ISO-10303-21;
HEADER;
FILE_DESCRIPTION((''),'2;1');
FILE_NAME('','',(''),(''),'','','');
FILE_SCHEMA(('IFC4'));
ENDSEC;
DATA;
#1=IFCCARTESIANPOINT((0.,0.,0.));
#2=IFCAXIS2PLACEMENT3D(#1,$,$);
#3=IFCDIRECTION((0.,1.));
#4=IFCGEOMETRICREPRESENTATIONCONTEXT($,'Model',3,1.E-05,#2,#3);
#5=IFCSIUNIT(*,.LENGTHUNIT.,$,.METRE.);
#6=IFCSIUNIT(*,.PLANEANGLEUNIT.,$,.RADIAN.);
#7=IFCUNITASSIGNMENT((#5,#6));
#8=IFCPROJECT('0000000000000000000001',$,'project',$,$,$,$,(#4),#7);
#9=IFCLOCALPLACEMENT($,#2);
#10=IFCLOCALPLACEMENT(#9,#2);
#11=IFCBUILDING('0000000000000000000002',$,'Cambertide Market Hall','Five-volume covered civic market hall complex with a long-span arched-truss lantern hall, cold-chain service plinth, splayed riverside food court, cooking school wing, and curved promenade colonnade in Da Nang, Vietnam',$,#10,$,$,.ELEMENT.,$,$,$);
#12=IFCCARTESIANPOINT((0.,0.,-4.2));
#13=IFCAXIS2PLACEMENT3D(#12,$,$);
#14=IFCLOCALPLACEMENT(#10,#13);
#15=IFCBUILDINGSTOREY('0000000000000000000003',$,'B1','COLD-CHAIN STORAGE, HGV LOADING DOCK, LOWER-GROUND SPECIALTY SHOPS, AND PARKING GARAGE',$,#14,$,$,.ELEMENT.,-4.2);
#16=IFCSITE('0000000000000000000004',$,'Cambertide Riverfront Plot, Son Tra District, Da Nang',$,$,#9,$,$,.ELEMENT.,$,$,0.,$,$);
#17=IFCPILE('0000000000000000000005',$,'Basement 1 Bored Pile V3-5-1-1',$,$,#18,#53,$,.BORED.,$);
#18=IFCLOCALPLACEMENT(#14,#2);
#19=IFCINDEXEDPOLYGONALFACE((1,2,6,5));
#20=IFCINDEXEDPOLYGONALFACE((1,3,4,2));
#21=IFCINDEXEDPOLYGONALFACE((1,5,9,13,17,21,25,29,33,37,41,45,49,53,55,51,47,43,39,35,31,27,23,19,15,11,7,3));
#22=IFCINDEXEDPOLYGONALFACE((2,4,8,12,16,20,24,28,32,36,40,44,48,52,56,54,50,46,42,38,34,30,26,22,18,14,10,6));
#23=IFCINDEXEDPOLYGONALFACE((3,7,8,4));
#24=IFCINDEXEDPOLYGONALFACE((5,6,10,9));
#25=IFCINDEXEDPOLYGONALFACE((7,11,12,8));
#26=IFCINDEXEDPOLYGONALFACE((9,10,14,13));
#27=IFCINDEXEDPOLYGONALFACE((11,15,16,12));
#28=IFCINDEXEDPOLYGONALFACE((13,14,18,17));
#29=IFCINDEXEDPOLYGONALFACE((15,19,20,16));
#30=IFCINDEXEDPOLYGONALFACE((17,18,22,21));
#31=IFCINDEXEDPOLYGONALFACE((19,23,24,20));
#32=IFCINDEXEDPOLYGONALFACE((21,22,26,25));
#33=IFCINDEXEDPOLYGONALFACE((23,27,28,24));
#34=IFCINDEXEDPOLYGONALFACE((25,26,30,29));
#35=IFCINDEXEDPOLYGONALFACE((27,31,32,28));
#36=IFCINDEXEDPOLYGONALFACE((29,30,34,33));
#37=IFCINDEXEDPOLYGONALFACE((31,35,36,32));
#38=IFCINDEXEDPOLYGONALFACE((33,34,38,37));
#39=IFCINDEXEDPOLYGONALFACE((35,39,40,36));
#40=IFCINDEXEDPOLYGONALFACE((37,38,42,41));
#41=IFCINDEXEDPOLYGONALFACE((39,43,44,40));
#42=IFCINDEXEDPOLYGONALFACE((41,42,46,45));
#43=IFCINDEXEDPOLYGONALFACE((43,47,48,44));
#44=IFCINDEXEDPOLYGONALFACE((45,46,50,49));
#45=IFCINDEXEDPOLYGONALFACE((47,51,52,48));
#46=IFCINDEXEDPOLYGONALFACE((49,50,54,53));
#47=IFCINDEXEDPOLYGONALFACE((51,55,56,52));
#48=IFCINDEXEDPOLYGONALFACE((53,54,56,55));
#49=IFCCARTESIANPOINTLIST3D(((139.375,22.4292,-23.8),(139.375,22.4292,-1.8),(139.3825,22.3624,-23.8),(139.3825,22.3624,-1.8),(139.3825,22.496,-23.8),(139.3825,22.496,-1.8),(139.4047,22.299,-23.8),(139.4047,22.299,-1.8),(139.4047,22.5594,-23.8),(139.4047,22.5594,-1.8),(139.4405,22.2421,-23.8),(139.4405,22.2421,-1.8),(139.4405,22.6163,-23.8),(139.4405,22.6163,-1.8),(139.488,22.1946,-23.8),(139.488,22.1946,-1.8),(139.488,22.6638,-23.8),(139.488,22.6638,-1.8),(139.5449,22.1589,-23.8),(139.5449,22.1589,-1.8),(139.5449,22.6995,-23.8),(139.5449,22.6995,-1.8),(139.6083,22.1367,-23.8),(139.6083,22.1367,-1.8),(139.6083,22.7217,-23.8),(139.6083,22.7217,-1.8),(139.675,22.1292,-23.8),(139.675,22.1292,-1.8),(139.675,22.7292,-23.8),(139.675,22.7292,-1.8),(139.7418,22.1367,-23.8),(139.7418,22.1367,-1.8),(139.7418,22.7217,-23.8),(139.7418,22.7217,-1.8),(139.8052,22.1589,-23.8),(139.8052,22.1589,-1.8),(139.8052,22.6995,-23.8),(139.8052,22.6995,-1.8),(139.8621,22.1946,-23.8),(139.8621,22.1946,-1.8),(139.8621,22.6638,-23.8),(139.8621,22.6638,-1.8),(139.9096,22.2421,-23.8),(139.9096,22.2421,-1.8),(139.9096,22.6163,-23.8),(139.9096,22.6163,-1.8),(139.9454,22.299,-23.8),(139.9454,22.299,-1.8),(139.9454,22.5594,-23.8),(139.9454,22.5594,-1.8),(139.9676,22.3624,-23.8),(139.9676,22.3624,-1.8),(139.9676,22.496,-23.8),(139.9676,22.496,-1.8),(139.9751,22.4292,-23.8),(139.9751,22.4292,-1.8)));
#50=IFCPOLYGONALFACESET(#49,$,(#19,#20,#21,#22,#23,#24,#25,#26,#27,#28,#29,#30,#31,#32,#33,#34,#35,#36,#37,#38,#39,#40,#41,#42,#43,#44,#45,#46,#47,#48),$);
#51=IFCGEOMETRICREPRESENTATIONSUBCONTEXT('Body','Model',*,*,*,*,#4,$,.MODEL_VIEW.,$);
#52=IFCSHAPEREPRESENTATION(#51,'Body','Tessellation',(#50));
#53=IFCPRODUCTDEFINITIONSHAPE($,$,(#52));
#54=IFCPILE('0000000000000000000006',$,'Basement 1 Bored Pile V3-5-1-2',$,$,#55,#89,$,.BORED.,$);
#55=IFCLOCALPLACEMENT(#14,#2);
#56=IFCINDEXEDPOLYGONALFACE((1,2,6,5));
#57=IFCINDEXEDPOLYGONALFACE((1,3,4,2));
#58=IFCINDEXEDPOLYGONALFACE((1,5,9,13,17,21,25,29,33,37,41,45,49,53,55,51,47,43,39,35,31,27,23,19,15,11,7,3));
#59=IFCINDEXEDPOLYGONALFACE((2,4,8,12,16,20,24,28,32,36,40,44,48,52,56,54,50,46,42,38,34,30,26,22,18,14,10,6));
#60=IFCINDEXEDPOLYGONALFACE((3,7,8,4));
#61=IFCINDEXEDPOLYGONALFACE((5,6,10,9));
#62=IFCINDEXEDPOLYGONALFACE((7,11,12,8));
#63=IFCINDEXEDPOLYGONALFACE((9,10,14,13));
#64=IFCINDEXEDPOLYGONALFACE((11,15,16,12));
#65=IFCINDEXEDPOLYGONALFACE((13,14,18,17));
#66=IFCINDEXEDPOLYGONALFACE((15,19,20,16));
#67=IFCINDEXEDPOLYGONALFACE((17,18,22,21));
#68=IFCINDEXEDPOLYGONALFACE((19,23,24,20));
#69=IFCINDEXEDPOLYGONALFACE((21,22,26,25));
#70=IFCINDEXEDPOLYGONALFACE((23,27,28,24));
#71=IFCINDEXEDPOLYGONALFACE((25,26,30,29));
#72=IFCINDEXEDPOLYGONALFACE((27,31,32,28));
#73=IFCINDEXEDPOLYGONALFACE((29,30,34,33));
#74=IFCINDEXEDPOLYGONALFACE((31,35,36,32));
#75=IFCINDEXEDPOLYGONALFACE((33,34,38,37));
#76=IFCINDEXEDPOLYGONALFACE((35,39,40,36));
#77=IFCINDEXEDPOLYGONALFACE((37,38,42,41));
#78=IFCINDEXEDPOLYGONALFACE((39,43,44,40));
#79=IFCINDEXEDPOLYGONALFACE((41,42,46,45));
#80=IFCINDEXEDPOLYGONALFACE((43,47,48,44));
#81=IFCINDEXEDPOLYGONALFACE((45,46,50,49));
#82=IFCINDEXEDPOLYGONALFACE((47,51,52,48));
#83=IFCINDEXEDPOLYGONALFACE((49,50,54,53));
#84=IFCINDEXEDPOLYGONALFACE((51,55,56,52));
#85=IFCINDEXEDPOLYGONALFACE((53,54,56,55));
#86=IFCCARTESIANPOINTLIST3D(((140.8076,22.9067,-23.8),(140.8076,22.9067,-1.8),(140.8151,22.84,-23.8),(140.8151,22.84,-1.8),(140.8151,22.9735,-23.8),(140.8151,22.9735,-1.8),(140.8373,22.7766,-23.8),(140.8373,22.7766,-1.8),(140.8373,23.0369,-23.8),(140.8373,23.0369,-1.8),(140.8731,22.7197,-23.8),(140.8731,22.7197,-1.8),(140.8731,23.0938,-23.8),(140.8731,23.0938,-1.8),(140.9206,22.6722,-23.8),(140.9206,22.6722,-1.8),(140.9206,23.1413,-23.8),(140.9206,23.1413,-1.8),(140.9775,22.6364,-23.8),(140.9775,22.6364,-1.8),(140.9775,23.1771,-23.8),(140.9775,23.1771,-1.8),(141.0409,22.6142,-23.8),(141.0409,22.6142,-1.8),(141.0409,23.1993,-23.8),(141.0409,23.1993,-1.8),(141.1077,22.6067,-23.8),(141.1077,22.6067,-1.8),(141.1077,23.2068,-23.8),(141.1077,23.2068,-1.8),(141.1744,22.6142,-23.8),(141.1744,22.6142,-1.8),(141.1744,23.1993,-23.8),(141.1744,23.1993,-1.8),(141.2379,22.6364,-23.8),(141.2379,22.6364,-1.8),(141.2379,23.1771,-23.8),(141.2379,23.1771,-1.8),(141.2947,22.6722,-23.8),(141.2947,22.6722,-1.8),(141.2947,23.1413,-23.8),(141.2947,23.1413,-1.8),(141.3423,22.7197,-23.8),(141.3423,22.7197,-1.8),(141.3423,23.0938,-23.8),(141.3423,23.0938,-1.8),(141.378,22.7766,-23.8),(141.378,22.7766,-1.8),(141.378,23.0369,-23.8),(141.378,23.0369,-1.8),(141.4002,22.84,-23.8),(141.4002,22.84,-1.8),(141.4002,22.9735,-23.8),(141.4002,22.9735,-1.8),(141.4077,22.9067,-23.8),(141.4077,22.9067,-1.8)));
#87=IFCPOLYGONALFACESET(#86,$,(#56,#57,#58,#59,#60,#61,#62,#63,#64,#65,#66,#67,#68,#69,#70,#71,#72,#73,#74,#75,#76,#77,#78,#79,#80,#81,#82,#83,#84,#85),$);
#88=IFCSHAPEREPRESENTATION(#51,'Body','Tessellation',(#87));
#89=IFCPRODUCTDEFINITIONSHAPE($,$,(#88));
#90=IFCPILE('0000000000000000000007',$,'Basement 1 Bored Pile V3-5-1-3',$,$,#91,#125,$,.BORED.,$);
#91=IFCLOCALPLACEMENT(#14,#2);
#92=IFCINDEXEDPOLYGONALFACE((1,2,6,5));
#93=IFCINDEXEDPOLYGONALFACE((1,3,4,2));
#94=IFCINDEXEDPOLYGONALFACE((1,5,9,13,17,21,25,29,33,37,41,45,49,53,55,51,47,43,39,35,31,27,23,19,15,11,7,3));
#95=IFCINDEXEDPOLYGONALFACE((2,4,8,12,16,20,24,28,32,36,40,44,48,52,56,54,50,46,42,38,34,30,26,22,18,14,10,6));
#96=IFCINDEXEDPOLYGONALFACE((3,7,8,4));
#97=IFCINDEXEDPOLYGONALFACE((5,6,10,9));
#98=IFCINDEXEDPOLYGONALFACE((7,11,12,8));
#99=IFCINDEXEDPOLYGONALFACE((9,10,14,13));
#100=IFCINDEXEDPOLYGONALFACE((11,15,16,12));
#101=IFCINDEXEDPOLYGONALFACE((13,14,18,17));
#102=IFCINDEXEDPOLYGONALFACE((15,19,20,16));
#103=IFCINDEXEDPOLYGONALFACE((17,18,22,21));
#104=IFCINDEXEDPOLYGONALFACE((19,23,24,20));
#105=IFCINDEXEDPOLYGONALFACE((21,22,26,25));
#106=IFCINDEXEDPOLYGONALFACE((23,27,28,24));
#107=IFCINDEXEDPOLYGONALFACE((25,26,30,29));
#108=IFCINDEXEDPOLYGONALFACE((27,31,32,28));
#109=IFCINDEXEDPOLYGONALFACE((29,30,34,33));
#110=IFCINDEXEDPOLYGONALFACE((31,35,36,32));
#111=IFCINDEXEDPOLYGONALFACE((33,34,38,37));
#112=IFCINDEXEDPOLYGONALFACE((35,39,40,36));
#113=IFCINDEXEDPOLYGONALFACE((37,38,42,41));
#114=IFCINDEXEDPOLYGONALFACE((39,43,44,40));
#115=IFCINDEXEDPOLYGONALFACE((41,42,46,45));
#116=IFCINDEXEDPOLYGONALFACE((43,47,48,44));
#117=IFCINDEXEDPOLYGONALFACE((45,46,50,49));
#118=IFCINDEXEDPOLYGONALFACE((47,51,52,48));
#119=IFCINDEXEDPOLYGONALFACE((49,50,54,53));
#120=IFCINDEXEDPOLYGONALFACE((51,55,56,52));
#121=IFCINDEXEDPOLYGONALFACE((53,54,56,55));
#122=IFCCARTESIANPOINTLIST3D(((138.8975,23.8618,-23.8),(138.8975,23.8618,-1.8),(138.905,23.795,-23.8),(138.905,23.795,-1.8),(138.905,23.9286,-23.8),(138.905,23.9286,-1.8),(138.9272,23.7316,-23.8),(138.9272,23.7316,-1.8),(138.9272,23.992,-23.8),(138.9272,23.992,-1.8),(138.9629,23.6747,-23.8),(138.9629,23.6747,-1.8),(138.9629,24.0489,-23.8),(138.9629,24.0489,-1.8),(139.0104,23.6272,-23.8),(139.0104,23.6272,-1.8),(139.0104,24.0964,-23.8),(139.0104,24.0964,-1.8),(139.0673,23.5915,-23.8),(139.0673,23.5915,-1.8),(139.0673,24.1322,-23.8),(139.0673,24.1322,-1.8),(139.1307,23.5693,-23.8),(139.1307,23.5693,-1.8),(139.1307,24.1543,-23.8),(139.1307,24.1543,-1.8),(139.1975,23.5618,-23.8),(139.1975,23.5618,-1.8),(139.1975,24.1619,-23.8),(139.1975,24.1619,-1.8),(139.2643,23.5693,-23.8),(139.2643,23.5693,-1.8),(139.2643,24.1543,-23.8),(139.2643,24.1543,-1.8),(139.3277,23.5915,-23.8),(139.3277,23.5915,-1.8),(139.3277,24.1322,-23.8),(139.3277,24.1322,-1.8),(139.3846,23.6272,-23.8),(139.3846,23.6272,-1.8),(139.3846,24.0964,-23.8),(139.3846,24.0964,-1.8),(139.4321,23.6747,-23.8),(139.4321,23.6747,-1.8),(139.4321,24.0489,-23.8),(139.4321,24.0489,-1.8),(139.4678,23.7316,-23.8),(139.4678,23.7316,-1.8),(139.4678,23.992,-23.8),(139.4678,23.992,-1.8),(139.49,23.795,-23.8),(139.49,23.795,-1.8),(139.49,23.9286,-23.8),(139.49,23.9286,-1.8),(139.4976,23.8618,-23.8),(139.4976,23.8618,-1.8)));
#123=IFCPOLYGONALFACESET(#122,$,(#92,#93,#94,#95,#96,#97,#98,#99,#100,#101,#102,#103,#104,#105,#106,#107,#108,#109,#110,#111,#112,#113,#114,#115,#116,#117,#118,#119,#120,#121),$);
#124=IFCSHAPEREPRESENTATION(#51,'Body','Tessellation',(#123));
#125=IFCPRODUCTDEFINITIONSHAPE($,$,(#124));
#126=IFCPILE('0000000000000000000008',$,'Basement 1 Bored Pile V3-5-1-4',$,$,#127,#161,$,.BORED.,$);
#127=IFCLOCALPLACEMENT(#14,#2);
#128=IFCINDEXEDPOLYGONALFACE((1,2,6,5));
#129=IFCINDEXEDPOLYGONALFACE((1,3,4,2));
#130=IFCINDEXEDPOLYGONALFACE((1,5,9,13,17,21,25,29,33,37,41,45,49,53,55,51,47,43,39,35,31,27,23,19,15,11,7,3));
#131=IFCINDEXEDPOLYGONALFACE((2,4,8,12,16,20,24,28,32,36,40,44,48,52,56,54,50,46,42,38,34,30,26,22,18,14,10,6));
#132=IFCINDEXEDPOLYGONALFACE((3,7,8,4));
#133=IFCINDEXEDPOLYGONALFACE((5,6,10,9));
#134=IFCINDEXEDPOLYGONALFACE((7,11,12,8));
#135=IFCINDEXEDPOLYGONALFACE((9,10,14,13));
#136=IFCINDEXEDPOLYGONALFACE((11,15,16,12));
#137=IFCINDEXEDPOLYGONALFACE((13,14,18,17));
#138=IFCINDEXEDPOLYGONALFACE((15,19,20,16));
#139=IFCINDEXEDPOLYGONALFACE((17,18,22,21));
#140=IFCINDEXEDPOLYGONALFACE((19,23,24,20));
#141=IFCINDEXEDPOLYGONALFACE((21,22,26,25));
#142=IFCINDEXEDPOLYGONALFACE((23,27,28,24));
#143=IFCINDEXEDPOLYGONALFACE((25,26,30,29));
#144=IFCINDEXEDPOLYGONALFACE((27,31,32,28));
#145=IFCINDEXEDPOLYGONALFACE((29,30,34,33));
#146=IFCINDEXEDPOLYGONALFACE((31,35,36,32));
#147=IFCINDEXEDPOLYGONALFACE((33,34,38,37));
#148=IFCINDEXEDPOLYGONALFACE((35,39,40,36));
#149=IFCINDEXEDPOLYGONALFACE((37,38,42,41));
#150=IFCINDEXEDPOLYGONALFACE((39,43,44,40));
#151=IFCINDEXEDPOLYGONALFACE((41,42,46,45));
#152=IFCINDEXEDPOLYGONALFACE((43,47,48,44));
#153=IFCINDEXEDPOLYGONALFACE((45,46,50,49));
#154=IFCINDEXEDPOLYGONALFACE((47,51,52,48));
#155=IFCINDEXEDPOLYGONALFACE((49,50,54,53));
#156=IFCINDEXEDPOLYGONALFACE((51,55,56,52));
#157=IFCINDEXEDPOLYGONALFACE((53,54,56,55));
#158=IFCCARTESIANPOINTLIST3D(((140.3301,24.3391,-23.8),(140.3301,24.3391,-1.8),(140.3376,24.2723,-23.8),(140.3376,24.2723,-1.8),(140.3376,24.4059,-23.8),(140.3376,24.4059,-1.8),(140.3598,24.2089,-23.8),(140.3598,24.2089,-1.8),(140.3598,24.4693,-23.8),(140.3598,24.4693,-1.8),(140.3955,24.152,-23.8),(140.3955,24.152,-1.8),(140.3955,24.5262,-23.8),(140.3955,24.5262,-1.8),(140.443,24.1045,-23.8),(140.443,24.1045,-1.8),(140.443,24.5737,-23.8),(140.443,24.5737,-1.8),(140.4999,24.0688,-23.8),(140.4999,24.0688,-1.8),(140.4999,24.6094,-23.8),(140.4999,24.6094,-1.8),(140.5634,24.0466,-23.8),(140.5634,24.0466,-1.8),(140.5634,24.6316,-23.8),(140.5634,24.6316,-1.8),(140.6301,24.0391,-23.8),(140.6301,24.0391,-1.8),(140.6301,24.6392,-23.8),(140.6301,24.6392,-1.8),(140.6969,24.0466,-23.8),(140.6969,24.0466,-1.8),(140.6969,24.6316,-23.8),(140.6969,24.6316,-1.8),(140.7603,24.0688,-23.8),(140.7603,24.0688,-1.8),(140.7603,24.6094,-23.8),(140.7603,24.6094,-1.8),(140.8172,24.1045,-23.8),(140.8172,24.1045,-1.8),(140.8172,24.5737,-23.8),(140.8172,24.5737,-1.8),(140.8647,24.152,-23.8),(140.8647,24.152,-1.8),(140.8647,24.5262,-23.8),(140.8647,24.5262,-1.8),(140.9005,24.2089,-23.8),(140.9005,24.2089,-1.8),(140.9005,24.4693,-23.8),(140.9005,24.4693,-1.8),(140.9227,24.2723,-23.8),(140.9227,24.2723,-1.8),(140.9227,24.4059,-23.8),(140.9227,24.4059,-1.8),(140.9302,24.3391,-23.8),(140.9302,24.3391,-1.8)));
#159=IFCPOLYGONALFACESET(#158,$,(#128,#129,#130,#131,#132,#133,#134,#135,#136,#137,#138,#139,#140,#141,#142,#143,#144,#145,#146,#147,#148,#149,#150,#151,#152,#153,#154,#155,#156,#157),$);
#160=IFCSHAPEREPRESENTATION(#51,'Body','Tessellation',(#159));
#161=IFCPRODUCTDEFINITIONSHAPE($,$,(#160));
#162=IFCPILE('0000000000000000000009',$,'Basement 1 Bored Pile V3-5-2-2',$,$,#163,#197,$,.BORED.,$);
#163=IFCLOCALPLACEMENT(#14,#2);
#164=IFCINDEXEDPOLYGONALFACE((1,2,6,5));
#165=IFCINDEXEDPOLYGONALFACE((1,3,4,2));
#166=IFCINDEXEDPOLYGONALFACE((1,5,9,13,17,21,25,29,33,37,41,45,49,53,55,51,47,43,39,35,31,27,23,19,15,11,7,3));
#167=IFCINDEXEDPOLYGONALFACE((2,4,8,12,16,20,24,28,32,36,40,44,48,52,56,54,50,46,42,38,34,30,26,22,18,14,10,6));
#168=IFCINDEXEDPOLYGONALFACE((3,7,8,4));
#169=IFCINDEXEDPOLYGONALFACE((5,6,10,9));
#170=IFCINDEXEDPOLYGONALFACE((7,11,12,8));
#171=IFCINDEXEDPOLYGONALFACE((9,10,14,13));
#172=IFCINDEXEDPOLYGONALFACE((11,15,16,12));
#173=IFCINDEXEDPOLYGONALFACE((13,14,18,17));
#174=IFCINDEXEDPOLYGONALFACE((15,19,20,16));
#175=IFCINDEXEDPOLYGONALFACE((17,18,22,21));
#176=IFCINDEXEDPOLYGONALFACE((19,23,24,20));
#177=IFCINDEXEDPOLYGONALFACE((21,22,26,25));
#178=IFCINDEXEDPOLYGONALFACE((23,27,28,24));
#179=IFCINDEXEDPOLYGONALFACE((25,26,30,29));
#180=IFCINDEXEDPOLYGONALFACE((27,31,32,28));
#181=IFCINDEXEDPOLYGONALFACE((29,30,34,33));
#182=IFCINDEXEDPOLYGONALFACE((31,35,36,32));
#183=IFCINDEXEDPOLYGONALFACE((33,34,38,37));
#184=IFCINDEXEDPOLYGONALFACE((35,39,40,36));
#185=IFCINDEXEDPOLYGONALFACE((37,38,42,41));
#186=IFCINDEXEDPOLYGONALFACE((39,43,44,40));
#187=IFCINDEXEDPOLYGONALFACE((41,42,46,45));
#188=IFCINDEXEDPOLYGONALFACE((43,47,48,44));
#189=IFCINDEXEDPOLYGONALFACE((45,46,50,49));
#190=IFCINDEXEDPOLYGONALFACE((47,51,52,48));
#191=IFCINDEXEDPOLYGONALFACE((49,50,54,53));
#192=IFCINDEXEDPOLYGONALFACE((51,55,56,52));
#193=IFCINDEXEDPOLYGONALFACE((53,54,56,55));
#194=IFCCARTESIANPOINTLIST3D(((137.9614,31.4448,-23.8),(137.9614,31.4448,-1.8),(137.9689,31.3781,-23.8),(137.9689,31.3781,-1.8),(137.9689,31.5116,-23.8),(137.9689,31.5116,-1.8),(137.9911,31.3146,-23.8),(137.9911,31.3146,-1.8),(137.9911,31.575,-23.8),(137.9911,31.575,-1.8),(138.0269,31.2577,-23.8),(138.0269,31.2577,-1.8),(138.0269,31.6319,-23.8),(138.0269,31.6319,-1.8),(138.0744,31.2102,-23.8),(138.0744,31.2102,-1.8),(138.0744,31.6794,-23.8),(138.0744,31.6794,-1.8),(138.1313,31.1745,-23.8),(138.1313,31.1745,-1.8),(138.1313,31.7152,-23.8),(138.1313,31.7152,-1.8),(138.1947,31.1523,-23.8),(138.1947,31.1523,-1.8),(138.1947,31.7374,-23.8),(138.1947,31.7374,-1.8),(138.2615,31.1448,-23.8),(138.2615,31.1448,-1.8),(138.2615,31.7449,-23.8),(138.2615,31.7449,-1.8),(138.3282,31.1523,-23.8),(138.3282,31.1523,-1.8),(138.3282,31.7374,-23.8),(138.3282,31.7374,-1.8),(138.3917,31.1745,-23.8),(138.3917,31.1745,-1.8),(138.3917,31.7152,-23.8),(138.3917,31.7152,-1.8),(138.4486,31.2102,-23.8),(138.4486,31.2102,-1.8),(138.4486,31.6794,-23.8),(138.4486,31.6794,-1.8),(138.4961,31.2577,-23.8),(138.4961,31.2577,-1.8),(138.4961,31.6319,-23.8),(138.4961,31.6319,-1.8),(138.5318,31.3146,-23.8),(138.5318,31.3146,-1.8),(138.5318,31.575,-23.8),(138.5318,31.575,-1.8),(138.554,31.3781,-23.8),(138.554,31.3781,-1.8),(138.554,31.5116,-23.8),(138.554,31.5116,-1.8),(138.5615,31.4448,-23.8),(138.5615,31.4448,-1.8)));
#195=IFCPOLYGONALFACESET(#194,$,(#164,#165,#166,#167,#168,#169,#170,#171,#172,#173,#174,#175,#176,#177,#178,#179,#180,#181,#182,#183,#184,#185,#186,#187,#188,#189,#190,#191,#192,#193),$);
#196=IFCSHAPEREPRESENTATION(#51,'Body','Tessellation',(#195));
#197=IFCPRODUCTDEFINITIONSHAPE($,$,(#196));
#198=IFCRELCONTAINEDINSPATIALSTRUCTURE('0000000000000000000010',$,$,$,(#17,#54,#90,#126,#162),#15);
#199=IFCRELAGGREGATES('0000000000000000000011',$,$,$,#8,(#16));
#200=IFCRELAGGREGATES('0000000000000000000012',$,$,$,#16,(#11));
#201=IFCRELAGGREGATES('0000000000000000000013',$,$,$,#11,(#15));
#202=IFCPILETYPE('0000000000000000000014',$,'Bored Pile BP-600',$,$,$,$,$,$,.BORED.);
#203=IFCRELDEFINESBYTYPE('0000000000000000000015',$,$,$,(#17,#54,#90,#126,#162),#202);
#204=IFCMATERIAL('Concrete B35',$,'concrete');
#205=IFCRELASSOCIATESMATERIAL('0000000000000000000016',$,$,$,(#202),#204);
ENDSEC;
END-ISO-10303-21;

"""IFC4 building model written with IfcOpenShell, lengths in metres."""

from ifc_helpers import new_model, si_unit, direction, frame, origin, origin_2d, place, context, subcontext, project, spatial, circle, extrude, material, material_profile, profile_set, type_object, element, save


model = new_model("IFC4")

# Units and contexts
model_context = context("Model", 3, precision=1e-05, world=origin(), true_north=direction((0.0, 1.0)))
body_context = subcontext(model_context, "Body", "Model", "MODEL_VIEW")
ifc_project = project(units=[si_unit("LENGTHUNIT", "METRE"), si_unit("PLANEANGLEUNIT", "RADIAN")], contexts=[model_context])

# Site, building, storey
site_placement = place(None, origin())
site = spatial("IfcSite", under=ifc_project, at=site_placement, Name="Cambertide Riverfront Plot, Son Tra District, Da Nang", CompositionType="ELEMENT", RefElevation=0.0)
building_placement = place(site_placement, origin())
building = spatial("IfcBuilding", under=site, at=building_placement, Name="Cambertide Market Hall", Description="Five-volume covered civic market hall complex with a long-span arched-truss lantern hall, cold-chain service plinth, splayed riverside food court, cooking school wing, and curved promenade colonnade in Da Nang, Vietnam", CompositionType="ELEMENT")
storey_placement = place(building_placement, frame((0.0, 0.0, -4.2)))
storey = spatial("IfcBuildingStorey", under=building, at=storey_placement, Name="B1", Description="COLD-CHAIN STORAGE, HGV LOADING DOCK, LOWER-GROUND SPECIALTY SHOPS, AND PARKING GARAGE", CompositionType="ELEMENT", Elevation=-4.2)

# Piles
ifc_material_1 = material(Name="Concrete B35", Category="concrete")
ifc_material_profile_1 = material_profile(ifc_material_1, circle(Radius=0.3, at=origin_2d()), Name="BP D600")
ifc_profile_set_1 = profile_set([ifc_material_profile_1], Name="Concrete B35")
pile_type = type_object("IfcPileType", Name="Bored Pile BP-600", PredefinedType="BORED", material=ifc_profile_set_1)
for number, where, z_axis, x_axis, name in (
    (1, (139.675, 22.4292, -1.8), (0.0, 0.0, -1.0), (1.0, 0.0, 0.0), "Basement 1 Bored Pile V3-5-1-1"),
    (2, (141.1077, 22.9067, -1.8), (0.0, 0.0, -1.0), (1.0, 0.0, 0.0), "Basement 1 Bored Pile V3-5-1-2"),
    (3, (139.1975, 23.8618, -1.8), (0.0, 0.0, -1.0), (1.0, 0.0, 0.0), "Basement 1 Bored Pile V3-5-1-3"),
    (4, (140.6301, 24.3391, -1.8), (0.0, 0.0, -1.0), (1.0, 0.0, 0.0), "Basement 1 Bored Pile V3-5-1-4"),
    (5, (138.2615, 31.4448, -1.8), (0.0, 0.0, -1.0), (1.0, 0.0, 0.0), "Basement 1 Bored Pile V3-5-2-2"),
):
    element("IfcPile", number, at=place(storey_placement, frame(where, z_axis=z_axis, x_axis=x_axis)), inside=storey, type_object=pile_type, Name=name, PredefinedType="BORED", context=body_context, shape_type="SweptSolid", body=[
        extrude(circle(Radius=0.3, at=origin_2d()), origin(), (0.0, 0.0, 1.0), 22.0),
    ])

save(model, "model.ifc")
